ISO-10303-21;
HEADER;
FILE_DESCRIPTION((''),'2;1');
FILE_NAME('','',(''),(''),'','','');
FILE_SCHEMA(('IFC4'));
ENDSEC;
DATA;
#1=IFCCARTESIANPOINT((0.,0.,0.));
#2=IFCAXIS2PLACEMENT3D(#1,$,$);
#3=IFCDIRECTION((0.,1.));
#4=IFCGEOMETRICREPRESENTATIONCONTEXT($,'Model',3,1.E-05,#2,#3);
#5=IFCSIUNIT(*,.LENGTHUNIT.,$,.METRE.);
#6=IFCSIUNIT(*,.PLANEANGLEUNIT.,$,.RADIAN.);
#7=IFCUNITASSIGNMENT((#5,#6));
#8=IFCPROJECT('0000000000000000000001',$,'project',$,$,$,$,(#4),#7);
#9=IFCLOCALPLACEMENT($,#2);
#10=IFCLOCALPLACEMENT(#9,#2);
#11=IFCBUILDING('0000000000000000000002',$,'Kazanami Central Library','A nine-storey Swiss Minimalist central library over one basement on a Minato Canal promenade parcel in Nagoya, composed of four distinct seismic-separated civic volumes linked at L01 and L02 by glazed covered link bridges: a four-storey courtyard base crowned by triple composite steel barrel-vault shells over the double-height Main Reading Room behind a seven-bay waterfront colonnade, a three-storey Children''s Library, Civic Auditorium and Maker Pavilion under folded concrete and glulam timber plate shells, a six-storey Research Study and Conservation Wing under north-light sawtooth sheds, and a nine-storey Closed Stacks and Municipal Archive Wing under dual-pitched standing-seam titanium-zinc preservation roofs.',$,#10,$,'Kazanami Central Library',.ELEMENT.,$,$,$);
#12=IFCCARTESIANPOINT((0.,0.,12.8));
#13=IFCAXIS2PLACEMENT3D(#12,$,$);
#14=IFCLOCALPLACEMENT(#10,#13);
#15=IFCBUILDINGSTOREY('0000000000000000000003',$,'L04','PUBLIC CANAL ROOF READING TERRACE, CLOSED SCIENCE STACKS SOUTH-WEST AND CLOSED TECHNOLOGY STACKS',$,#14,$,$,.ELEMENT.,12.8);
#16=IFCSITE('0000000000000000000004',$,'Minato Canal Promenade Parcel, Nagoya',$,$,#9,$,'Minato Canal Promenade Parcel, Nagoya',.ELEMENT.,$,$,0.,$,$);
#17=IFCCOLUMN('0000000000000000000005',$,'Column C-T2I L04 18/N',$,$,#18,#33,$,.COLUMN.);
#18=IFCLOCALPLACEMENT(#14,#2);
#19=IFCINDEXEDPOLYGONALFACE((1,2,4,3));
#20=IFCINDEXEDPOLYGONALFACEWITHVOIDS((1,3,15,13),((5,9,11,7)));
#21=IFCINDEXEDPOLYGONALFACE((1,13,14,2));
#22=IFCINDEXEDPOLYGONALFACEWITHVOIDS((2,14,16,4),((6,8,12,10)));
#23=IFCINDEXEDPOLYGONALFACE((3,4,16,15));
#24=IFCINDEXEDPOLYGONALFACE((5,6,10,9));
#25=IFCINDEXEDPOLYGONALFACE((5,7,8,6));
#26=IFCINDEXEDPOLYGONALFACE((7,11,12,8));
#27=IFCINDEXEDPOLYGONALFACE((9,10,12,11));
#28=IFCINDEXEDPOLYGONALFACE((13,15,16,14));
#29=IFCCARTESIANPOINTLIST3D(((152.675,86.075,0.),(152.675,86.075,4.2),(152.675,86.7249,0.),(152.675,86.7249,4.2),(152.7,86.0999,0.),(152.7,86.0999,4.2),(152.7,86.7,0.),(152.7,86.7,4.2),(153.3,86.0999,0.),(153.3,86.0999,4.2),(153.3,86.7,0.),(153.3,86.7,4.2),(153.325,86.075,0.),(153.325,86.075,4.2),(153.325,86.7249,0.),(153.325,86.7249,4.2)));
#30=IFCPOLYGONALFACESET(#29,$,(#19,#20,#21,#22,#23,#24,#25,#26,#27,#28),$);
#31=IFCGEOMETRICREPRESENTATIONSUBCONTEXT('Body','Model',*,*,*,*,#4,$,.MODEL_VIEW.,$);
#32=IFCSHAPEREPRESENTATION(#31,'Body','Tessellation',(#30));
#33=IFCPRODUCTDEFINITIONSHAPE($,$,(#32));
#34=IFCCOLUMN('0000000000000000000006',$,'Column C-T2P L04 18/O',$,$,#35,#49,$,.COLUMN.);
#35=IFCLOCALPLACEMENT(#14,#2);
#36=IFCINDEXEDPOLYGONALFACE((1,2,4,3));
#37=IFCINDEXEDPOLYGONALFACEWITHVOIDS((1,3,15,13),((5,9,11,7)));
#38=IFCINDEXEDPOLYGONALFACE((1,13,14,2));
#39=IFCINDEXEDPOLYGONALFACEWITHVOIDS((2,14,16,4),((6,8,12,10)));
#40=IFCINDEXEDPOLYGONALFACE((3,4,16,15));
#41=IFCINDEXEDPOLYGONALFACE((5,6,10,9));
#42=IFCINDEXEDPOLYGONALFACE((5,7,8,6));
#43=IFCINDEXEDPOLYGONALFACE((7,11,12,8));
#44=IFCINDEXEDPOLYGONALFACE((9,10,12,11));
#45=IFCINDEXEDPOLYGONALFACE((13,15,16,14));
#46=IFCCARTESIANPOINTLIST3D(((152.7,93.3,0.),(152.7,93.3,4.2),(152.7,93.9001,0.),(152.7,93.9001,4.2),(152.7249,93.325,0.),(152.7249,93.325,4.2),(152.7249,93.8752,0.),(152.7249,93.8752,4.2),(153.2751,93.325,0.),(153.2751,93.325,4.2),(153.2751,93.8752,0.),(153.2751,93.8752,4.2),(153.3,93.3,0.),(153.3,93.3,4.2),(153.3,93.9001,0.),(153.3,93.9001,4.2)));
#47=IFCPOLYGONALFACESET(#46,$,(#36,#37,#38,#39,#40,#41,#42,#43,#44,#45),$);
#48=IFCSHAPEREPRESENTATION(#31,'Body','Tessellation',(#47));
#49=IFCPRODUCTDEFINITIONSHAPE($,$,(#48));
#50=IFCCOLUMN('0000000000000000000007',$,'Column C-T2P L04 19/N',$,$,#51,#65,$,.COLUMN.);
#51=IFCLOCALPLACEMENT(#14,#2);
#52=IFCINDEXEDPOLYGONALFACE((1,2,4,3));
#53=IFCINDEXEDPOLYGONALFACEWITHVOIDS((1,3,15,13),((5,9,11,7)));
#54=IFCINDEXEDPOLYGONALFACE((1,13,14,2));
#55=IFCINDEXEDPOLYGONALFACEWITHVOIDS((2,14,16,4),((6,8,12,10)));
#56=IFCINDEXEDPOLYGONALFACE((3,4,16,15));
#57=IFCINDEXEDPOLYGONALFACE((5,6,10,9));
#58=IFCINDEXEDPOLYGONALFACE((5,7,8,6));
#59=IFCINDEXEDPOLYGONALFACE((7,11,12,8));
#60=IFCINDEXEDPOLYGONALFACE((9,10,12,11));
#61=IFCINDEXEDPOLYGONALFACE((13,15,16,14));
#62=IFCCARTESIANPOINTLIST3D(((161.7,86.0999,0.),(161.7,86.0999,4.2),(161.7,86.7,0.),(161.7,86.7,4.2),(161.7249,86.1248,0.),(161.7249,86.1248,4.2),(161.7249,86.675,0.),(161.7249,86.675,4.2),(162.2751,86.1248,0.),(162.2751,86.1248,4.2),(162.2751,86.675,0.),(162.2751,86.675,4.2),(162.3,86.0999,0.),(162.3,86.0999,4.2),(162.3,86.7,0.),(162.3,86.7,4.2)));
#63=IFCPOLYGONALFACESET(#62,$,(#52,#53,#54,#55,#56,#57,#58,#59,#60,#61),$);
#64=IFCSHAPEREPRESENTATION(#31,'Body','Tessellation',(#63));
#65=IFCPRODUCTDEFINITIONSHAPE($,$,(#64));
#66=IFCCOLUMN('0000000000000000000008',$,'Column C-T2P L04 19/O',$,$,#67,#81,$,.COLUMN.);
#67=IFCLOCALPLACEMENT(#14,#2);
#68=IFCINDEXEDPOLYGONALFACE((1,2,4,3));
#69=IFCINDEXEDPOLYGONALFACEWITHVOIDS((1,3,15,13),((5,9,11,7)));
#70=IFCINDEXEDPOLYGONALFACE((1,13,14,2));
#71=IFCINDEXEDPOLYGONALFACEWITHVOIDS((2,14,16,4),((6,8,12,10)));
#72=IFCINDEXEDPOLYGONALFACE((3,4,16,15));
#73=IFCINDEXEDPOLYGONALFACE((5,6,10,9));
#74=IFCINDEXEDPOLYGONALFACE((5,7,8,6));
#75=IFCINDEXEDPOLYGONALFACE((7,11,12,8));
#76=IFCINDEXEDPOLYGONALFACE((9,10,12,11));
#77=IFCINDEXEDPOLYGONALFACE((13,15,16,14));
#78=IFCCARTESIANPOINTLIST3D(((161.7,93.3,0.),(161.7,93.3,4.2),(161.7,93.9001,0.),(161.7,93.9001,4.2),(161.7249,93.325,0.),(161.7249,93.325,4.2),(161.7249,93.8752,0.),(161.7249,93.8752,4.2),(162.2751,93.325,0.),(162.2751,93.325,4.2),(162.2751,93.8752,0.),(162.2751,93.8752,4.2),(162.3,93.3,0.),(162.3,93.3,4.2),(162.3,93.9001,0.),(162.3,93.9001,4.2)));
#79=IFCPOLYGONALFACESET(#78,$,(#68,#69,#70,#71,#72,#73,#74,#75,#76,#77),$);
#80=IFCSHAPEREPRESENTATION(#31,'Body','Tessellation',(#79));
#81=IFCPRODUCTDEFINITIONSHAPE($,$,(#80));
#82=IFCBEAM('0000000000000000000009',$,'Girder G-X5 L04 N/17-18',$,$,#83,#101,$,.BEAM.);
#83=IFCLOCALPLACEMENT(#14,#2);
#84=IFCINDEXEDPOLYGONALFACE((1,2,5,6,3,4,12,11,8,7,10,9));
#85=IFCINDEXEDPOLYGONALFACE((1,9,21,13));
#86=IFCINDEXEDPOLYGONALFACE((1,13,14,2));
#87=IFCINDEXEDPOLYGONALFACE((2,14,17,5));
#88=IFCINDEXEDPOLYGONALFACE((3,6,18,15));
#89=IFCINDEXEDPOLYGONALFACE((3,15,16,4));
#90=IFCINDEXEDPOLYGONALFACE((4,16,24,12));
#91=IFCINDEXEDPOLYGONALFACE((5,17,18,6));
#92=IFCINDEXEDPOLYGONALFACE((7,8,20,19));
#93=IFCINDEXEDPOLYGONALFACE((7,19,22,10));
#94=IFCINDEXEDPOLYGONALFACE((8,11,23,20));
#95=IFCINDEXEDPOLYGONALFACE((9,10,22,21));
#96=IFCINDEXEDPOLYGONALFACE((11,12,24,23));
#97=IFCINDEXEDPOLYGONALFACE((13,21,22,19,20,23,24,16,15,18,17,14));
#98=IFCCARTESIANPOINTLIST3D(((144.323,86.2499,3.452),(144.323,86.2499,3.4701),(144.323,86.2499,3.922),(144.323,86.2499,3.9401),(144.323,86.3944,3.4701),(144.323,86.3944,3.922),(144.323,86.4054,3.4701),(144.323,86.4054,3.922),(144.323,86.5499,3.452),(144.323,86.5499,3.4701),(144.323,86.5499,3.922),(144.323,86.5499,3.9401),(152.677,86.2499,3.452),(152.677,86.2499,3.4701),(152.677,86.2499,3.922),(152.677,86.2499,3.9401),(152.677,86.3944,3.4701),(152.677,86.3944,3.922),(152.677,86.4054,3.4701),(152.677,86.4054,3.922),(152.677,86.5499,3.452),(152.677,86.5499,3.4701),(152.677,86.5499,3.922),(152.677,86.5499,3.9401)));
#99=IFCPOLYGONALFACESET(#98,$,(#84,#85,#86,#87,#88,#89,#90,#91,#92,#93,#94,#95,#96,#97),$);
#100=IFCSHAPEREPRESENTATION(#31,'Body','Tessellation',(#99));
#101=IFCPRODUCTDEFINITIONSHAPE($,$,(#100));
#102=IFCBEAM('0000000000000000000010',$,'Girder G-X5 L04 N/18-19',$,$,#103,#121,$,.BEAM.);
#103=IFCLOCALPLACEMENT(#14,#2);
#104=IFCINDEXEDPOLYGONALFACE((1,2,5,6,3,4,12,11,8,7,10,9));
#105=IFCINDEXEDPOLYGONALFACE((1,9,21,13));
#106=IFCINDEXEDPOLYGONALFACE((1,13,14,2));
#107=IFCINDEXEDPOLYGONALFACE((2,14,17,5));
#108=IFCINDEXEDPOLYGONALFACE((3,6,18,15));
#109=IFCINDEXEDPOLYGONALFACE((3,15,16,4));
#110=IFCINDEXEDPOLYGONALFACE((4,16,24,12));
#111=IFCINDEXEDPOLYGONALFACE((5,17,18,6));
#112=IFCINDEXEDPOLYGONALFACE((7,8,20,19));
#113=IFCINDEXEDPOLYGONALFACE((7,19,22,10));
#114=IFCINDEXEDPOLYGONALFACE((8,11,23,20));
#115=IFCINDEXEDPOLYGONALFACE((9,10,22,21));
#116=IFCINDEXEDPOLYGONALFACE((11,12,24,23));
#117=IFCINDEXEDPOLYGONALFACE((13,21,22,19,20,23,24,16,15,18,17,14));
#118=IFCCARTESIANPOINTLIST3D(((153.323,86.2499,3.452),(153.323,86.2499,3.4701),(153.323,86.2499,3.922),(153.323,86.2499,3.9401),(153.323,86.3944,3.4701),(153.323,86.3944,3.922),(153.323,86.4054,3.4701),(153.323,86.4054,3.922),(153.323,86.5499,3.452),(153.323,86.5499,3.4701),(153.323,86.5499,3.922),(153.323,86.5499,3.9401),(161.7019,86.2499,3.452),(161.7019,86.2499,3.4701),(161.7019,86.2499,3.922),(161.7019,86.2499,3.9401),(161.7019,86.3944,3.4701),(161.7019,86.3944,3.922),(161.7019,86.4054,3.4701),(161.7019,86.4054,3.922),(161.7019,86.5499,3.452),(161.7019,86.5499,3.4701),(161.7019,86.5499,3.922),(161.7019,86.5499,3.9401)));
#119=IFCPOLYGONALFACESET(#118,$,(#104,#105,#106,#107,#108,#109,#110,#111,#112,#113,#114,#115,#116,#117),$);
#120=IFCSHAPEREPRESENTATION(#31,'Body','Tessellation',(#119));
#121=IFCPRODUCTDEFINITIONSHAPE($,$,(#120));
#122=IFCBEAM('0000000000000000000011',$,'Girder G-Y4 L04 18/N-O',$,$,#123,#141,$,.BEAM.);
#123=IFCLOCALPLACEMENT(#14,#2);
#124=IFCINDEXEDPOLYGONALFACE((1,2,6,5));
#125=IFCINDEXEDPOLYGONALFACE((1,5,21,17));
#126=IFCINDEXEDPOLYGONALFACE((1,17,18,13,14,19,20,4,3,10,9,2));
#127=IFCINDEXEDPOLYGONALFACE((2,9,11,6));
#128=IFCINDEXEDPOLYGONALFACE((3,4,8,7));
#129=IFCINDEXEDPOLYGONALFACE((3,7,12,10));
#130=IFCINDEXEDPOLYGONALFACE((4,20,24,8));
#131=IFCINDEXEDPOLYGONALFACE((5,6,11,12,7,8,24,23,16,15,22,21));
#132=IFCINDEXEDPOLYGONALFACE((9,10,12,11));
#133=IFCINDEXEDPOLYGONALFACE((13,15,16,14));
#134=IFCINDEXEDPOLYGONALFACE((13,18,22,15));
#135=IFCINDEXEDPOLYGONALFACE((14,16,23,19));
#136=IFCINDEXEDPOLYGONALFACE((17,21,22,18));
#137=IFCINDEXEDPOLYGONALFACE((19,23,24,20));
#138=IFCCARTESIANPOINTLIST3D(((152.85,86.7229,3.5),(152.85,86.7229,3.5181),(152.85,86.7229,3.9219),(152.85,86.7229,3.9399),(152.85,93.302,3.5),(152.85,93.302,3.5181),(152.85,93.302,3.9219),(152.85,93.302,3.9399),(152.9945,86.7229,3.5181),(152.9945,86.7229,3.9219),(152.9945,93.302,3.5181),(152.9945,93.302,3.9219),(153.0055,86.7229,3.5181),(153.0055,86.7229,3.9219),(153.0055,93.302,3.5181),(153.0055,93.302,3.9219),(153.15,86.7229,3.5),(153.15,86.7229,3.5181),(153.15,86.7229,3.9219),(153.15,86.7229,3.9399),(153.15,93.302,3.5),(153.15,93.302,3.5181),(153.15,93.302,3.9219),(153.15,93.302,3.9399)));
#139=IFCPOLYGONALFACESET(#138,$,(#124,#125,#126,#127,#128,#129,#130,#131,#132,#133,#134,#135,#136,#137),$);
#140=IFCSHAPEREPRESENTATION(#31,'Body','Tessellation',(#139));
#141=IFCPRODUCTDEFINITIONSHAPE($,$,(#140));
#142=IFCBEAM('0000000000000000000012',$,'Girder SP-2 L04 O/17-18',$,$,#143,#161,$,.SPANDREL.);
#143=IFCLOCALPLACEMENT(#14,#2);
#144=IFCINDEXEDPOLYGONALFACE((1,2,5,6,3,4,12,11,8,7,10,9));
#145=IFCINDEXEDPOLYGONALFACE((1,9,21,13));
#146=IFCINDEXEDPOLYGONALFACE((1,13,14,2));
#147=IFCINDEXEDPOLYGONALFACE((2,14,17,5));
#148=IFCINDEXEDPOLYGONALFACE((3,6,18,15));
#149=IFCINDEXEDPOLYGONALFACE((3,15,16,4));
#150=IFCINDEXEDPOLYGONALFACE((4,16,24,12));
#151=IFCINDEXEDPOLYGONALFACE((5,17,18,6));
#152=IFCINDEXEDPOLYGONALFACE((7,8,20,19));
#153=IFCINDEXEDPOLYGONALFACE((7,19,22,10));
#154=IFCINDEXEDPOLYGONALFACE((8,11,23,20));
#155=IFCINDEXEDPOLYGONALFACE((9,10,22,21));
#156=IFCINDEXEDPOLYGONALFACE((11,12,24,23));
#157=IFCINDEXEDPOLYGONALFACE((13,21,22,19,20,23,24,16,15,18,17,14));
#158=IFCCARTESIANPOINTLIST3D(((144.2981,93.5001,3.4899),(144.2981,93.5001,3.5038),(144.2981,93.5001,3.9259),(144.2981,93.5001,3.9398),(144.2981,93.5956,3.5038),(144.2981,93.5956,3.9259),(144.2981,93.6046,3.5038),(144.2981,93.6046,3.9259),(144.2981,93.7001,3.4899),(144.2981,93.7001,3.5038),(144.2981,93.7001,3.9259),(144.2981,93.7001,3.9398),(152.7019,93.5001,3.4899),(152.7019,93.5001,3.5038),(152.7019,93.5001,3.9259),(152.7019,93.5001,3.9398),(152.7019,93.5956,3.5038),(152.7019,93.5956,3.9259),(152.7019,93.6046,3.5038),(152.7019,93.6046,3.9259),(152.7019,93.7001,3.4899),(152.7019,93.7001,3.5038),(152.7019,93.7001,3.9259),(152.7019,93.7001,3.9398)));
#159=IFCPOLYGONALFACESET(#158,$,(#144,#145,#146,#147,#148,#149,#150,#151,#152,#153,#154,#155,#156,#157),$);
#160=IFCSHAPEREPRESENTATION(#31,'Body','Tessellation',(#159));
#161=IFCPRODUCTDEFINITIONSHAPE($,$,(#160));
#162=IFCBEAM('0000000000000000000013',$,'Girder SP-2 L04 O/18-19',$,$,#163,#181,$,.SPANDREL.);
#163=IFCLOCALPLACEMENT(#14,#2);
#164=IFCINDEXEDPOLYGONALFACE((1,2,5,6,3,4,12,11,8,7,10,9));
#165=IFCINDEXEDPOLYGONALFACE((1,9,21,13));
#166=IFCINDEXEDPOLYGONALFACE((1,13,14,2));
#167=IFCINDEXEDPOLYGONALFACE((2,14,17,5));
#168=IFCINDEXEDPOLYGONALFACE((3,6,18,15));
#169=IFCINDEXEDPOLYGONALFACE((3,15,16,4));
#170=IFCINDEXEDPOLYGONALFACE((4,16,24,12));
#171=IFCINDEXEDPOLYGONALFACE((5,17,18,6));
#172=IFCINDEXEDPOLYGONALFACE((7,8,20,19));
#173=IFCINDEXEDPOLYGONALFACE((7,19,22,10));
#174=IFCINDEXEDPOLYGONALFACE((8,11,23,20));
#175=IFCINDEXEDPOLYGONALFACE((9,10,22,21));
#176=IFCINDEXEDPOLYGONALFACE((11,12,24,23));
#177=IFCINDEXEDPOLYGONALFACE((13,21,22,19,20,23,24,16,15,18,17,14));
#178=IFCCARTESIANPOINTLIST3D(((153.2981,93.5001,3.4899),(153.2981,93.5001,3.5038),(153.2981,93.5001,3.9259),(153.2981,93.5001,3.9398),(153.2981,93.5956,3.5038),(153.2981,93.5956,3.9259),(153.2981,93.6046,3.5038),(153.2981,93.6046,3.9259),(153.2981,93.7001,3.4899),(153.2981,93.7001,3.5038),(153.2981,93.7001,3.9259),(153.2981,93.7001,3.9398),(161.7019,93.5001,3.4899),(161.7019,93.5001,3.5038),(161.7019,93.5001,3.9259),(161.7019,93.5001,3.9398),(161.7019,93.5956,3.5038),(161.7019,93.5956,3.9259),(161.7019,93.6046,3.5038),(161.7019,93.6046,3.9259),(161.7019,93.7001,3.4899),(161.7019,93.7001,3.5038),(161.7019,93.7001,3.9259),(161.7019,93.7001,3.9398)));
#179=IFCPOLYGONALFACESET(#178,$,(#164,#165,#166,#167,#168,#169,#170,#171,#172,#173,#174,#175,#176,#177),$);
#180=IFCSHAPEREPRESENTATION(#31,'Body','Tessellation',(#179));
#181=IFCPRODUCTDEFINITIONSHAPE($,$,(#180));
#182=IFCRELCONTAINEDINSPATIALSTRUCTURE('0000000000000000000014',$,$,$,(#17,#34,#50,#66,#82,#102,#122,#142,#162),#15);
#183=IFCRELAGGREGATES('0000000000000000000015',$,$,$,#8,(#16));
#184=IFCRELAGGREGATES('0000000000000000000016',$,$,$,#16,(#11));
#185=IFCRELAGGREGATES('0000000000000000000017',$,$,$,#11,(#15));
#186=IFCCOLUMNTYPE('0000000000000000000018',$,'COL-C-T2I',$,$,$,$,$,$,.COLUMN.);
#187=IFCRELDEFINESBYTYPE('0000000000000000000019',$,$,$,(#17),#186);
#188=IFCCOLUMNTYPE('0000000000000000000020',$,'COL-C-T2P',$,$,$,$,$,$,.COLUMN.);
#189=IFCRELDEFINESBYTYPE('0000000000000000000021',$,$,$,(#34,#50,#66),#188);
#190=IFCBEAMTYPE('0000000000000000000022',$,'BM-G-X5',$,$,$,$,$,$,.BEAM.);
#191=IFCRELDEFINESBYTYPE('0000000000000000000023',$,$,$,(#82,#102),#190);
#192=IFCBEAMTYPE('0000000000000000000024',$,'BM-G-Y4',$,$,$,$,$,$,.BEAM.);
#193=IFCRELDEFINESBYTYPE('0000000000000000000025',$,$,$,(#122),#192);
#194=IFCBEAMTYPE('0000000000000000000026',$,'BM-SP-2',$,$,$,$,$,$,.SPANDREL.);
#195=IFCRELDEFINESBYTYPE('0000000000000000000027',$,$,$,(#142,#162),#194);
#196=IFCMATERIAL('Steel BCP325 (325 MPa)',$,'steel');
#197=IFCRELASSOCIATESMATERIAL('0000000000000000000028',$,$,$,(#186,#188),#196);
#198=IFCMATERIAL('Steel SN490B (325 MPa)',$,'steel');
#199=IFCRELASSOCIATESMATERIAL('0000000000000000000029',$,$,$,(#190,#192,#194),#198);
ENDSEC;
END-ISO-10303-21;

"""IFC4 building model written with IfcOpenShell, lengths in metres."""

from ifc_helpers import new_model, si_unit, direction, frame, origin, origin_2d, place, context, subcontext, project, spatial, hollow_rectangle, i_section, extrude, material, material_profile, profile_set, type_object, element, save


model = new_model("IFC4")

# Units and contexts
model_context = context("Model", 3, precision=1e-05, world=origin(), true_north=direction((0.0, 1.0)))
body_context = subcontext(model_context, "Body", "Model", "MODEL_VIEW")
ifc_project = project(units=[si_unit("LENGTHUNIT", "METRE"), si_unit("PLANEANGLEUNIT", "RADIAN")], contexts=[model_context])

# Site, building, storey
site_placement = place(None, origin())
site = spatial("IfcSite", under=ifc_project, at=site_placement, Name="Minato Canal Promenade Parcel, Nagoya", LongName="Minato Canal Promenade Parcel, Nagoya", CompositionType="ELEMENT", RefElevation=0.0)
building_placement = place(site_placement, origin())
building = spatial("IfcBuilding", under=site, at=building_placement, Name="Kazanami Central Library", Description="A nine-storey Swiss Minimalist central library over one basement on a Minato Canal promenade parcel in Nagoya, composed of four distinct seismic-separated civic volumes linked at L01 and L02 by glazed covered link bridges: a four-storey courtyard base crowned by triple composite steel barrel-vault shells over the double-height Main Reading Room behind a seven-bay waterfront colonnade, a three-storey Children's Library, Civic Auditorium and Maker Pavilion under folded concrete and glulam timber plate shells, a six-storey Research Study and Conservation Wing under north-light sawtooth sheds, and a nine-storey Closed Stacks and Municipal Archive Wing under dual-pitched standing-seam titanium-zinc preservation roofs.", LongName="Kazanami Central Library", CompositionType="ELEMENT")
storey_placement = place(building_placement, frame((0.0, 0.0, 12.8)))
storey = spatial("IfcBuildingStorey", under=building, at=storey_placement, Name="L04", Description="PUBLIC CANAL ROOF READING TERRACE, CLOSED SCIENCE STACKS SOUTH-WEST AND CLOSED TECHNOLOGY STACKS", CompositionType="ELEMENT", Elevation=12.8)

# Columns
ifc_material_1 = material(Name="Steel BCP325 (325 MPa)", Category="steel")
ifc_material_profile_1 = material_profile(ifc_material_1, hollow_rectangle(XDim=0.6499, YDim=0.6499, WallThickness=0.0249, at=origin_2d()), Name="BCP-650x650x25")
ifc_profile_set_1 = profile_set([ifc_material_profile_1], Name="Steel BCP325 (325 MPa)")
column_type_1 = type_object("IfcColumnType", Name="COL-C-T2I", PredefinedType="COLUMN", material=ifc_profile_set_1)
column_placement = place(storey_placement, frame((153.0, 86.3999, 0.0), z_axis=(0.0, 0.0, 1.0), x_axis=(1.0, 0.0, 0.0)))
element("IfcColumn", 1, at=column_placement, inside=storey, type_object=column_type_1, Name="Column C-T2I L04 18/N", PredefinedType="COLUMN", context=body_context, shape_type="SweptSolid", body=[
    extrude(hollow_rectangle(XDim=0.6499, YDim=0.6499, WallThickness=0.0249, at=origin_2d()), origin(), (0.0, 0.0, 1.0), 4.2),
])
ifc_material_profile_2 = material_profile(ifc_material_1, hollow_rectangle(XDim=0.6001, YDim=0.6001, WallThickness=0.0249, at=origin_2d()), Name="BCP-600x600x25")
ifc_profile_set_2 = profile_set([ifc_material_profile_2], Name="Steel BCP325 (325 MPa)")
column_type_2 = type_object("IfcColumnType", Name="COL-C-T2P", PredefinedType="COLUMN", material=ifc_profile_set_2)
for number, where, z_axis, x_axis, name in (
    (2, (153.0, 93.6001, 0.0), (0.0, 0.0, 1.0), (1.0, 0.0, 0.0), "Column C-T2P L04 18/O"),
    (3, (162.0, 86.3999, 0.0), (0.0, 0.0, 1.0), (1.0, 0.0, 0.0), "Column C-T2P L04 19/N"),
    (4, (162.0, 93.6001, 0.0), (0.0, 0.0, 1.0), (1.0, 0.0, 0.0), "Column C-T2P L04 19/O"),
):
    element("IfcColumn", number, at=place(storey_placement, frame(where, z_axis=z_axis, x_axis=x_axis)), inside=storey, type_object=column_type_2, Name=name, PredefinedType="COLUMN", context=body_context, shape_type="SweptSolid", body=[
        extrude(hollow_rectangle(XDim=0.6001, YDim=0.6001, WallThickness=0.0249, at=origin_2d()), origin(), (0.0, 0.0, 1.0), 4.2),
    ])

# Beams
ifc_material_2 = material(Name="Steel SN490B (325 MPa)", Category="steel")
ifc_material_profile_3 = material_profile(ifc_material_2, i_section(OverallWidth=0.3, OverallDepth=0.488, WebThickness=0.011, FlangeThickness=0.0181, at=origin_2d()), Name="H-488x300x11x18")
ifc_profile_set_3 = profile_set([ifc_material_profile_3], Name="Steel SN490B (325 MPa)")
beam_type_1 = type_object("IfcBeamType", Name="BM-G-X5", PredefinedType="BEAM", material=ifc_profile_set_3)
beam_1_placement = place(storey_placement, frame((144.323, 86.3999, 3.696), z_axis=(1.0, 0.0, 0.0), x_axis=(0.0, 1.0, 0.0)))
element("IfcBeam", 5, at=beam_1_placement, inside=storey, type_object=beam_type_1, Name="Girder G-X5 L04 N/17-18", PredefinedType="BEAM", context=body_context, shape_type="SweptSolid", body=[
    extrude(i_section(OverallWidth=0.3, OverallDepth=0.488, WebThickness=0.011, FlangeThickness=0.0181, at=origin_2d()), origin(), (0.0, 0.0, 1.0), 8.354),
])
beam_2_placement = place(storey_placement, frame((153.323, 86.3999, 3.696), z_axis=(1.0, 0.0, 0.0), x_axis=(0.0, 1.0, 0.0)))
element("IfcBeam", 6, at=beam_2_placement, inside=storey, type_object=beam_type_1, Name="Girder G-X5 L04 N/18-19", PredefinedType="BEAM", context=body_context, shape_type="SweptSolid", body=[
    extrude(i_section(OverallWidth=0.3, OverallDepth=0.488, WebThickness=0.011, FlangeThickness=0.0181, at=origin_2d()), origin(), (0.0, 0.0, 1.0), 8.3789),
])
ifc_material_profile_4 = material_profile(ifc_material_2, i_section(OverallWidth=0.3, OverallDepth=0.4399, WebThickness=0.011, FlangeThickness=0.0181, at=origin_2d()), Name="H-440x300x11x18")
ifc_profile_set_4 = profile_set([ifc_material_profile_4], Name="Steel SN490B (325 MPa)")
beam_type_2 = type_object("IfcBeamType", Name="BM-G-Y4", PredefinedType="BEAM", material=ifc_profile_set_4)
beam_3_placement = place(storey_placement, frame((153.0, 86.7229, 3.72), z_axis=(0.0, 1.0, 0.0), x_axis=(-1.0, 0.0, 0.0)))
element("IfcBeam", 7, at=beam_3_placement, inside=storey, type_object=beam_type_2, Name="Girder G-Y4 L04 18/N-O", PredefinedType="BEAM", context=body_context, shape_type="SweptSolid", body=[
    extrude(i_section(OverallWidth=0.3, OverallDepth=0.4399, WebThickness=0.011, FlangeThickness=0.0181, at=origin_2d()), origin(), (0.0, 0.0, 1.0), 6.5791),
])
ifc_material_profile_5 = material_profile(ifc_material_2, i_section(OverallWidth=0.2, OverallDepth=0.45, WebThickness=0.009, FlangeThickness=0.0139, at=origin_2d()), Name="H-450x200x9x14")
ifc_profile_set_5 = profile_set([ifc_material_profile_5], Name="Steel SN490B (325 MPa)")
beam_type_3 = type_object("IfcBeamType", Name="BM-SP-2", PredefinedType="SPANDREL", material=ifc_profile_set_5)
for number, where, z_axis, x_axis, name in (
    (8, (144.2981, 93.6001, 3.7148), (1.0, 0.0, 0.0), (0.0, 1.0, 0.0), "Girder SP-2 L04 O/17-18"),
    (9, (153.2981, 93.6001, 3.7148), (1.0, 0.0, 0.0), (0.0, 1.0, 0.0), "Girder SP-2 L04 O/18-19"),
):
    element("IfcBeam", number, at=place(storey_placement, frame(where, z_axis=z_axis, x_axis=x_axis)), inside=storey, type_object=beam_type_3, Name=name, PredefinedType="SPANDREL", context=body_context, shape_type="SweptSolid", body=[
        extrude(i_section(OverallWidth=0.2, OverallDepth=0.45, WebThickness=0.009, FlangeThickness=0.0139, at=origin_2d()), origin(), (0.0, 0.0, 1.0), 8.4038),
    ])

save(model, "model.ifc")
